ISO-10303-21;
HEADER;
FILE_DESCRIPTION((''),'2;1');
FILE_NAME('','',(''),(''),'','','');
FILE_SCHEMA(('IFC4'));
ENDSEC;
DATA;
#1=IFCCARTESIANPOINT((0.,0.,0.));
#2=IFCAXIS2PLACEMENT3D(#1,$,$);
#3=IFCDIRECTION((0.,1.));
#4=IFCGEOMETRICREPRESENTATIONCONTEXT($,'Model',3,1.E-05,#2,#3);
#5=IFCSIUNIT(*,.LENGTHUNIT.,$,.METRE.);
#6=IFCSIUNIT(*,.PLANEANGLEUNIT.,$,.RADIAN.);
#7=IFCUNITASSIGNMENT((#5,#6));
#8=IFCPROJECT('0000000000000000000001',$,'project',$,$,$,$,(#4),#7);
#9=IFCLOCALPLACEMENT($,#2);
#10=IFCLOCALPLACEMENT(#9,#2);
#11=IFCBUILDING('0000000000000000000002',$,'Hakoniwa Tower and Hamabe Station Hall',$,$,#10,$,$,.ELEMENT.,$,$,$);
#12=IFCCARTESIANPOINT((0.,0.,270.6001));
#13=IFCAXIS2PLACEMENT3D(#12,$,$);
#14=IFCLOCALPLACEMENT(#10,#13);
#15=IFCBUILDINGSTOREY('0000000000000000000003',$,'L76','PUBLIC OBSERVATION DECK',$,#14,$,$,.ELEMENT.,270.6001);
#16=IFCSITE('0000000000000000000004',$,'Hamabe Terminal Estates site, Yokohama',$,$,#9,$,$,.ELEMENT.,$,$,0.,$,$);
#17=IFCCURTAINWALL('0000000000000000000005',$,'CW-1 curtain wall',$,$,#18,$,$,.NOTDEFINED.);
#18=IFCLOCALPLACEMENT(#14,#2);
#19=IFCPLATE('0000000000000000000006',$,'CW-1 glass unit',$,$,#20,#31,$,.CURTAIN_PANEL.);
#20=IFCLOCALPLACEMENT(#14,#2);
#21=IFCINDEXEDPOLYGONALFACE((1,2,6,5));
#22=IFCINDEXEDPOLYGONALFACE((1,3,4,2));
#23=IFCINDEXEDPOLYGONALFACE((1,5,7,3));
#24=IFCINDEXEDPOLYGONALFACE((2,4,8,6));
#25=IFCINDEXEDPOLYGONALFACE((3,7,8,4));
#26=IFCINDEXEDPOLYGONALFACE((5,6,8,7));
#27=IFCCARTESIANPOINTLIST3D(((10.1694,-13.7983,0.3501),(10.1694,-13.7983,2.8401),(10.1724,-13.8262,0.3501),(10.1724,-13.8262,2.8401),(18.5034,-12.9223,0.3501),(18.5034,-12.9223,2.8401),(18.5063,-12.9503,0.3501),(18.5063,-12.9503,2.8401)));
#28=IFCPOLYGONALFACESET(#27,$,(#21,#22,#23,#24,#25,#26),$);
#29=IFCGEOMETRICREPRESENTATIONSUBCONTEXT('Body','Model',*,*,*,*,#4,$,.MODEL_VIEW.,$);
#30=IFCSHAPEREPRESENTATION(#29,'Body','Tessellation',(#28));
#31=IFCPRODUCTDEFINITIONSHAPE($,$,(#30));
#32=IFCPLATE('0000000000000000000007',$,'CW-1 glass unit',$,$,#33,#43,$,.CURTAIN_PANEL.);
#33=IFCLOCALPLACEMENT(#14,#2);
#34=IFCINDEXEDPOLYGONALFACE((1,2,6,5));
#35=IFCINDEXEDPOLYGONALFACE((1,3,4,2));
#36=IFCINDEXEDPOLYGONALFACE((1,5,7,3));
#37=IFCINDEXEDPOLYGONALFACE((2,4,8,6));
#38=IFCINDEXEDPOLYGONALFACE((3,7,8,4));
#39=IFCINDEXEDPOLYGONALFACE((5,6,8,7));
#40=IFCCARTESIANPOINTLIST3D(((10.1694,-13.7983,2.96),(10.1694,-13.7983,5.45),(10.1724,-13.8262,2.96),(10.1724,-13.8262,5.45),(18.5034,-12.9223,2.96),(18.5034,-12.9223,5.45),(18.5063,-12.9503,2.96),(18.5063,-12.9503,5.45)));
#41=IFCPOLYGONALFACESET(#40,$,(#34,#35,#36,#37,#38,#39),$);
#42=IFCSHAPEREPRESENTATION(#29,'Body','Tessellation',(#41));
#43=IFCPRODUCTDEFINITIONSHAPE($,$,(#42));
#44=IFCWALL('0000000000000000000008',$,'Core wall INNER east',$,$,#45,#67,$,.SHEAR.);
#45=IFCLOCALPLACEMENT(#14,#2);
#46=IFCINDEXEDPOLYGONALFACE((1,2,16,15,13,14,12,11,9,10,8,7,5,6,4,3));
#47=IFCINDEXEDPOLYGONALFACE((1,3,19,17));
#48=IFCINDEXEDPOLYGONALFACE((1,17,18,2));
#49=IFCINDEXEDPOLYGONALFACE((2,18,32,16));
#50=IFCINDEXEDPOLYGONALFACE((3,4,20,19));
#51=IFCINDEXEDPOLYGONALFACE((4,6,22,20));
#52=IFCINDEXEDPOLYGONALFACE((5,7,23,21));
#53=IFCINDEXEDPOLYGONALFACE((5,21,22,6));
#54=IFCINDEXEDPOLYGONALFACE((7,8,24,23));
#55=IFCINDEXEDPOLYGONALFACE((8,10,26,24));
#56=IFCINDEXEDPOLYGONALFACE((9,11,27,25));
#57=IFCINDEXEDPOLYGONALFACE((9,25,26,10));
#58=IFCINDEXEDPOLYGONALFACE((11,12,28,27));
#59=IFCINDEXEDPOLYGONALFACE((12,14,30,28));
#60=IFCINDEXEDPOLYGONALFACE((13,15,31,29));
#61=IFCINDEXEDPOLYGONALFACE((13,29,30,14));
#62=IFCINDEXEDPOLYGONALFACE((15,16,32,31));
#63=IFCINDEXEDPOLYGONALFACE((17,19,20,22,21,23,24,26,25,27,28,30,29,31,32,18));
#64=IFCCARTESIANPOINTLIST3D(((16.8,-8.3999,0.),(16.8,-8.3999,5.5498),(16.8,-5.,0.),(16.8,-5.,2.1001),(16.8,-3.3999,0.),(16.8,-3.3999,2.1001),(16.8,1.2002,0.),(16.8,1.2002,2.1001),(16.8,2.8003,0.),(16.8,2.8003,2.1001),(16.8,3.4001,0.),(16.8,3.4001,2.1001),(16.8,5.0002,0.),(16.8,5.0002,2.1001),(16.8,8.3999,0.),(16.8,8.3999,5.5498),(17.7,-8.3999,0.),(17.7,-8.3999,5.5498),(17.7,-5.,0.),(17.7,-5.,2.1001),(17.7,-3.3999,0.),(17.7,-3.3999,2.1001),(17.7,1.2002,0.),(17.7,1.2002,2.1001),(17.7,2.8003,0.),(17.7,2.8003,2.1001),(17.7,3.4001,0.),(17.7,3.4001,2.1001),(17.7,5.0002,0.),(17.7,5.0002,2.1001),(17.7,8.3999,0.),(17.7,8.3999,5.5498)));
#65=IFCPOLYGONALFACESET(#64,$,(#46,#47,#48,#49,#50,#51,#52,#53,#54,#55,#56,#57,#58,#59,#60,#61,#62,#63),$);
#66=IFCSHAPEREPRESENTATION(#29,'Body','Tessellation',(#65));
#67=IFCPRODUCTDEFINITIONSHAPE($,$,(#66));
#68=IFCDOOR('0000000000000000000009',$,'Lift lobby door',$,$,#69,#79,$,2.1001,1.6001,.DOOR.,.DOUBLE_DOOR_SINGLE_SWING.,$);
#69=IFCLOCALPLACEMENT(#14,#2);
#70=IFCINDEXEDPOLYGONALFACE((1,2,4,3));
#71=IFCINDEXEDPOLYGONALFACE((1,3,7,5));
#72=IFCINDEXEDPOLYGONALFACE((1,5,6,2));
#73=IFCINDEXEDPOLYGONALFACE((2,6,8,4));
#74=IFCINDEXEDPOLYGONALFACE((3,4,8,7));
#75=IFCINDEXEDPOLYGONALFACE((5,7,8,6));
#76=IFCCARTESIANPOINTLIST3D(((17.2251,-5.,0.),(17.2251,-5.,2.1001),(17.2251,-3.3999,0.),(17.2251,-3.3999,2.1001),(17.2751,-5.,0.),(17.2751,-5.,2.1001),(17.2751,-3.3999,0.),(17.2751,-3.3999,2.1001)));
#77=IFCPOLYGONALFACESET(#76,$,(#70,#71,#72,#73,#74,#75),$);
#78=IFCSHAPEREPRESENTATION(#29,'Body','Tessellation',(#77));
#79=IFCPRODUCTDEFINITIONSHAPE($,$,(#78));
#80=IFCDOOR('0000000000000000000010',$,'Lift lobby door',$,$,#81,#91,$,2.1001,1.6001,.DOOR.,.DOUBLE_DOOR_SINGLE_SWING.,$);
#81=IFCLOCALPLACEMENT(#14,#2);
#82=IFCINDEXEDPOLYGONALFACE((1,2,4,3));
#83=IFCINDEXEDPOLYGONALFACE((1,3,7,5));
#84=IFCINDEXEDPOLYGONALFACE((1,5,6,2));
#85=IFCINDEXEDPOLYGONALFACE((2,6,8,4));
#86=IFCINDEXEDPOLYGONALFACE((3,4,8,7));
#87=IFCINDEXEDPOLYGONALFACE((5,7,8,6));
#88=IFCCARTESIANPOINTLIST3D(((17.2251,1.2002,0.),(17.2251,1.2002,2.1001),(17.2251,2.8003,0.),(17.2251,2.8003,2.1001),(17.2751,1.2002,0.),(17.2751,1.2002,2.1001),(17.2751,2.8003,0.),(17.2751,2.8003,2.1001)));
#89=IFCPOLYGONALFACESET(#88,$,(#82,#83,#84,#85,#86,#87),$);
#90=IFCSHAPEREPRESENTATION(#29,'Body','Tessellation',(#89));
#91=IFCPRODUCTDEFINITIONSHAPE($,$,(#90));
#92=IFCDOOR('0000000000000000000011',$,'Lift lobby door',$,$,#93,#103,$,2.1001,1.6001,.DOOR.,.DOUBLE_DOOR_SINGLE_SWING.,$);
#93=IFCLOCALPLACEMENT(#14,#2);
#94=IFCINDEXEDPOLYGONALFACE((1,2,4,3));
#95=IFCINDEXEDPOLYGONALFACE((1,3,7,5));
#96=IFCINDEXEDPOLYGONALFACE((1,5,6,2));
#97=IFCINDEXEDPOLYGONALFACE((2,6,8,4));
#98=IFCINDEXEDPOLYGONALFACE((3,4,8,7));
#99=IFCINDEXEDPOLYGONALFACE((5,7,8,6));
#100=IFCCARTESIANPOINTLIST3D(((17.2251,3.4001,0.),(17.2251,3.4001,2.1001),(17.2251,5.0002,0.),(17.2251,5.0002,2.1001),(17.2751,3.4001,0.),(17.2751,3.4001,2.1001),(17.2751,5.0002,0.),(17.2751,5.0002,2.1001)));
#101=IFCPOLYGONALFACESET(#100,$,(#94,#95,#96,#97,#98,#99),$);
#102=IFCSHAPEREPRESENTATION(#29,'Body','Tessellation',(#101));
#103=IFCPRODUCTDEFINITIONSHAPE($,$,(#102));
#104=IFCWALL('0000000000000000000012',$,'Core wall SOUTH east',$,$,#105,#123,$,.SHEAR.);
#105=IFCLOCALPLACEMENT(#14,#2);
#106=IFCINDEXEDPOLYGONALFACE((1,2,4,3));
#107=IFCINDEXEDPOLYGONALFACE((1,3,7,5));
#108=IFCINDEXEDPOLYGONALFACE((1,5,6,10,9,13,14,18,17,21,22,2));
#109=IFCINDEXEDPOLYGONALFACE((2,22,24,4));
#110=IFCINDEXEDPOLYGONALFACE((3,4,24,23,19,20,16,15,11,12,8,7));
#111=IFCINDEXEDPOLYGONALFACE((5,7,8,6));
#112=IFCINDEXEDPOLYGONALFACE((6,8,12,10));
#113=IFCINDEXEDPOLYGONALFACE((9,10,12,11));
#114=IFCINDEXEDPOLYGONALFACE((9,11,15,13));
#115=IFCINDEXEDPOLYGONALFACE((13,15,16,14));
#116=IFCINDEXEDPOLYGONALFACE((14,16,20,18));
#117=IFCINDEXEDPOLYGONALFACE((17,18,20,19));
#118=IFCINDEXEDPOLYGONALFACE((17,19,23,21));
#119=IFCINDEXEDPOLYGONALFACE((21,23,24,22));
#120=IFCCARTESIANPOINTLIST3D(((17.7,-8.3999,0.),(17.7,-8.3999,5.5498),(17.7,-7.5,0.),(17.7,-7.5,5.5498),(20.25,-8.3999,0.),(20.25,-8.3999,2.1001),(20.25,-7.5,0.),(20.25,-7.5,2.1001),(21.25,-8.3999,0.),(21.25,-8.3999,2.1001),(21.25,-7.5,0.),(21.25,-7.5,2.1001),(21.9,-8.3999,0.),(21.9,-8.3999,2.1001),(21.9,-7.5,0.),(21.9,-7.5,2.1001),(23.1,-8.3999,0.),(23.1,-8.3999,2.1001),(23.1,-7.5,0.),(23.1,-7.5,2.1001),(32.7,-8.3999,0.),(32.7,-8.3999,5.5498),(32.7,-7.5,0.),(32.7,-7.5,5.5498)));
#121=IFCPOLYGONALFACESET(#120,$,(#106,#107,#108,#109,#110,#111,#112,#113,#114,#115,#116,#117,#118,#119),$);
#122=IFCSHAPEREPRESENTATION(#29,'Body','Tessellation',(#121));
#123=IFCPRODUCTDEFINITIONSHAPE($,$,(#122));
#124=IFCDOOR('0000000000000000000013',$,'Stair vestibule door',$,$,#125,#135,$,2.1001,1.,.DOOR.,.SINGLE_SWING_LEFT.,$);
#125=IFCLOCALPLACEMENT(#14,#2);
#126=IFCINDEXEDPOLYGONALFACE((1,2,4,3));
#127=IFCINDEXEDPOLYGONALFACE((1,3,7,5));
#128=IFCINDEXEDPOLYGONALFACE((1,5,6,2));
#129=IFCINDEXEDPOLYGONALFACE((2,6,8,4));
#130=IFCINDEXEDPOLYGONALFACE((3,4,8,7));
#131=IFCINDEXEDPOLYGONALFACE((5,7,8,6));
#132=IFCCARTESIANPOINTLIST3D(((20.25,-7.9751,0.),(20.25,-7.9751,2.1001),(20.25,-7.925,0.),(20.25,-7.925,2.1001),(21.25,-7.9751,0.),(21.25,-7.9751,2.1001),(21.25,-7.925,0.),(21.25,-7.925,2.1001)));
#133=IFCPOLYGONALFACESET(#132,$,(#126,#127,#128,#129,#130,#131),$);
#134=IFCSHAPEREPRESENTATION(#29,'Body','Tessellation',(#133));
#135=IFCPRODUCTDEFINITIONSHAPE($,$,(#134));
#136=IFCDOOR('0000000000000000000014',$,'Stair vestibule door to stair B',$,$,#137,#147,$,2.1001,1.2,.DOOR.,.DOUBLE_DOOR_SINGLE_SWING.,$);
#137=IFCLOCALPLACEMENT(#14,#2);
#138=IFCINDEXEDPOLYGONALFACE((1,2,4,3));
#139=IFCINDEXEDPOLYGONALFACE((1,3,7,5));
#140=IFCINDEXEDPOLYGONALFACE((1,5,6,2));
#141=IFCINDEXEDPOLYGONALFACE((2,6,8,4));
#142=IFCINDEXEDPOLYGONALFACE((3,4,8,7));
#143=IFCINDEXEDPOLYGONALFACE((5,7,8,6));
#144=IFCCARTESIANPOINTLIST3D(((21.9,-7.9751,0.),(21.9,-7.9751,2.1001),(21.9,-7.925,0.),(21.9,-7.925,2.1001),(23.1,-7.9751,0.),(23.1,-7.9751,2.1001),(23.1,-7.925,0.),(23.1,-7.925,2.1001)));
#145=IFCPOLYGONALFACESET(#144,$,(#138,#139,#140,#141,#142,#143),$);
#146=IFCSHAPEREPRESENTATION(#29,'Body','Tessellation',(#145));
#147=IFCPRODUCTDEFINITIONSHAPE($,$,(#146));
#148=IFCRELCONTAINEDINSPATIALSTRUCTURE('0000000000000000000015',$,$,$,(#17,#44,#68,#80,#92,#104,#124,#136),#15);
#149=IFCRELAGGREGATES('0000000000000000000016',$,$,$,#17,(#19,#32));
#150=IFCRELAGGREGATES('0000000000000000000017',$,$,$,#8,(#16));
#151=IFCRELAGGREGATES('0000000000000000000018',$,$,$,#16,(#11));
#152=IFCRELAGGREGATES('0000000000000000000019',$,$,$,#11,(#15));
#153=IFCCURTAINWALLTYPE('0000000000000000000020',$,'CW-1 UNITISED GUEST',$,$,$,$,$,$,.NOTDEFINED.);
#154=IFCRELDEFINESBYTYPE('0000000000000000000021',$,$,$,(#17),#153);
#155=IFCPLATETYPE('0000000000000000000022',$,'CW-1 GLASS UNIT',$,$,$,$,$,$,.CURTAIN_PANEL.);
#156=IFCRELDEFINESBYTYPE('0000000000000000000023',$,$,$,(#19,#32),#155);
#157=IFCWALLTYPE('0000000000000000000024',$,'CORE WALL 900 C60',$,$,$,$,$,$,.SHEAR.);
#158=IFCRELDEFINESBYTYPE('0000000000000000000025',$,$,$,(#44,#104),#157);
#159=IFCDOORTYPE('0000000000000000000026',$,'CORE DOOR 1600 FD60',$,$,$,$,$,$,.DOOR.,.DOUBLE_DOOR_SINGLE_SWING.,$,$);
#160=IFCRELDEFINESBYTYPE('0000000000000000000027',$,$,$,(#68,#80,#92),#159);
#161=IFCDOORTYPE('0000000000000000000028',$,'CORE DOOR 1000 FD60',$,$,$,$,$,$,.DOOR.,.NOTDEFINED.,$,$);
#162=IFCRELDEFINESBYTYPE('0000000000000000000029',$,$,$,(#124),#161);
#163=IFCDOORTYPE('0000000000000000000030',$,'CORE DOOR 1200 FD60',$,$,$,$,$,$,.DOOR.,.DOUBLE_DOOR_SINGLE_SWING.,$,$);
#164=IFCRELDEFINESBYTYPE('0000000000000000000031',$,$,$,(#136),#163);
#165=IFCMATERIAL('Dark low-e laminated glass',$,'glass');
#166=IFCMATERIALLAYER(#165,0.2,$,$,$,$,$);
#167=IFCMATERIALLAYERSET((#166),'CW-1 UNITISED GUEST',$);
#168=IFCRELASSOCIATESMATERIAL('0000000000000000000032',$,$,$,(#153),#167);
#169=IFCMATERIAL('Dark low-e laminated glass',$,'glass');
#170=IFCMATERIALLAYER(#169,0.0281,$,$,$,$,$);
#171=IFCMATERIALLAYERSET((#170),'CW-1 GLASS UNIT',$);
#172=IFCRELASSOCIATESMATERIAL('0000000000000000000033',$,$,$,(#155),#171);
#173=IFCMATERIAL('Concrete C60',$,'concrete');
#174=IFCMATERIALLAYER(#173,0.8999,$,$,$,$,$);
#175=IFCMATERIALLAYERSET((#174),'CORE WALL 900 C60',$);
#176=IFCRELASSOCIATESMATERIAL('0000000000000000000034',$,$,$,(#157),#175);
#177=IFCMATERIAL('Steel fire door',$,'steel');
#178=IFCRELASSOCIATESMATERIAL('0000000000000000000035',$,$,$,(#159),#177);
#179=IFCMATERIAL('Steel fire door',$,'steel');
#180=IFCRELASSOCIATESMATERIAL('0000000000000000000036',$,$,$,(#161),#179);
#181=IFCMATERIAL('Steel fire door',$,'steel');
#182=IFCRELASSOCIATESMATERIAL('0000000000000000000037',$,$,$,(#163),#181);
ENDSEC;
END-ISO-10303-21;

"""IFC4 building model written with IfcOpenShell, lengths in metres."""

from ifc_helpers import new_model, si_unit, direction, frame, frame_2d, origin, origin_2d, place, context, subcontext, project, spatial, rectangle, extrude, material, layer, layer_set, type_object, element, fill, aggregate, save


model = new_model("IFC4")

# Units and contexts
model_context = context("Model", 3, precision=1e-05, world=origin(), true_north=direction((0.0, 1.0)))
body_context = subcontext(model_context, "Body", "Model", "MODEL_VIEW")
ifc_project = project(units=[si_unit("LENGTHUNIT", "METRE"), si_unit("PLANEANGLEUNIT", "RADIAN")], contexts=[model_context])

# Site, building, storey
site_placement = place(None, origin())
site = spatial("IfcSite", under=ifc_project, at=site_placement, Name="Hamabe Terminal Estates site, Yokohama", CompositionType="ELEMENT", RefElevation=0.0)
building_placement = place(site_placement, origin())
building = spatial("IfcBuilding", under=site, at=building_placement, Name="Hakoniwa Tower and Hamabe Station Hall", CompositionType="ELEMENT")
storey_placement = place(building_placement, frame((0.0, 0.0, 270.6001)))
storey = spatial("IfcBuildingStorey", under=building, at=storey_placement, Name="L76", Description="PUBLIC OBSERVATION DECK", CompositionType="ELEMENT", Elevation=270.6001)

# Curtain wall, plates
ifc_material_1 = material(Name="Dark low-e laminated glass", Category="glass")
ifc_layer_1 = layer(ifc_material_1, 0.2)
ifc_layer_set_1 = layer_set([ifc_layer_1], Name="CW-1 UNITISED GUEST")
curtain_wall_type = type_object("IfcCurtainWallType", Name="CW-1 UNITISED GUEST", PredefinedType="NOTDEFINED", material=ifc_layer_set_1)
curtain_wall_placement = place(storey_placement, origin())
curtain_wall = element("IfcCurtainWall", 1, at=curtain_wall_placement, inside=storey, type_object=curtain_wall_type, Name="CW-1 curtain wall", PredefinedType="NOTDEFINED")
ifc_material_2 = material(Name="Dark low-e laminated glass", Category="glass")
ifc_layer_2 = layer(ifc_material_2, 0.0281)
ifc_layer_set_2 = layer_set([ifc_layer_2], Name="CW-1 GLASS UNIT")
plate_type = type_object("IfcPlateType", Name="CW-1 GLASS UNIT", PredefinedType="CURTAIN_PANEL", material=ifc_layer_set_2)
plate_1_placement = place(storey_placement, frame((14.3379, -13.3743, 0.3501), z_axis=(0.0, 0.0, 1.0), x_axis=(0.994522, 0.104528, 0.0)))
plate_1 = element("IfcPlate", 2, at=plate_1_placement, type_object=plate_type, Name="CW-1 glass unit", PredefinedType="CURTAIN_PANEL", context=body_context, shape_type="SweptSolid", body=[
    extrude(rectangle(XDim=8.3799, YDim=0.0281, at=origin_2d()), origin(), (0.0, 0.0, 1.0), 2.49),
])
plate_2_placement = place(storey_placement, frame((14.3379, -13.3743, 2.96), z_axis=(0.0, 0.0, 1.0), x_axis=(0.994522, 0.104528, 0.0)))
plate_2 = element("IfcPlate", 3, at=plate_2_placement, type_object=plate_type, Name="CW-1 glass unit", PredefinedType="CURTAIN_PANEL", context=body_context, shape_type="SweptSolid", body=[
    extrude(rectangle(XDim=8.3799, YDim=0.0281, at=origin_2d()), origin(), (0.0, 0.0, 1.0), 2.49),
])
aggregate(curtain_wall, [plate_1, plate_2])

# Walls, openings, doors
ifc_material_3 = material(Name="Concrete C60", Category="concrete")
ifc_layer_3 = layer(ifc_material_3, 0.8999)
ifc_layer_set_3 = layer_set([ifc_layer_3], Name="CORE WALL 900 C60")
wall_type_1 = type_object("IfcWallType", Name="CORE WALL 900 C60", PredefinedType="SHEAR", material=ifc_layer_set_3)
wall_1_placement = place(storey_placement, frame((17.25, -8.3999, 0.0), z_axis=(0.0, 0.0, 1.0), x_axis=(0.0, 1.0, 0.0)))
wall_1 = element("IfcWall", 4, at=wall_1_placement, inside=storey, type_object=wall_type_1, Name="Core wall INNER east", PredefinedType="SHEAR", context=body_context, shape_type="SweptSolid", body=[
    extrude(rectangle(XDim=16.7998, YDim=0.8999, at=frame_2d((8.3999, 0.0))), origin(), (0.0, 0.0, 1.0), 5.5498),
])
opening_1_placement = place(wall_1_placement, frame((3.3999, 0.0, 0.0)))
opening_1 = element("IfcOpeningElement", 5, at=opening_1_placement, cuts=wall_1, PredefinedType="OPENING", context=body_context, shape_type="SweptSolid", body=[
    extrude(rectangle(XDim=1.6001, YDim=2.1001, at=frame_2d((0.8, 1.05))), frame((0.0, 0.46, 0.0), z_axis=(0.0, -1.0, 0.0), x_axis=(1.0, 0.0, 0.0)), (0.0, 0.0, 1.0), 0.9199),
])
opening_2_placement = place(wall_1_placement, frame((9.6001, 0.0, 0.0)))
opening_2 = element("IfcOpeningElement", 6, at=opening_2_placement, cuts=wall_1, PredefinedType="OPENING", context=body_context, shape_type="SweptSolid", body=[
    extrude(rectangle(XDim=1.6001, YDim=2.1001, at=frame_2d((0.8, 1.05))), frame((0.0, 0.46, 0.0), z_axis=(0.0, -1.0, 0.0), x_axis=(1.0, 0.0, 0.0)), (0.0, 0.0, 1.0), 0.9199),
])
opening_3_placement = place(wall_1_placement, frame((11.8, 0.0, 0.0)))
opening_3 = element("IfcOpeningElement", 7, at=opening_3_placement, cuts=wall_1, PredefinedType="OPENING", context=body_context, shape_type="SweptSolid", body=[
    extrude(rectangle(XDim=1.6001, YDim=2.1001, at=frame_2d((0.8, 1.05))), frame((0.0, 0.46, 0.0), z_axis=(0.0, -1.0, 0.0), x_axis=(1.0, 0.0, 0.0)), (0.0, 0.0, 1.0), 0.9199),
])
ifc_material_4 = material(Name="Steel fire door", Category="steel")
door_type_1 = type_object("IfcDoorType", Name="CORE DOOR 1600 FD60", OperationType="DOUBLE_DOOR_SINGLE_SWING", PredefinedType="DOOR", material=ifc_material_4)
door_1_placement = place(opening_1_placement, origin())
door_1 = element("IfcDoor", 8, at=door_1_placement, inside=storey, type_object=door_type_1, Name="Lift lobby door", OperationType="DOUBLE_DOOR_SINGLE_SWING", OverallHeight=2.1001, OverallWidth=1.6001, PredefinedType="DOOR", context=body_context, shape_type="SweptSolid", body=[
    extrude(rectangle(XDim=1.6001, YDim=2.1001, at=frame_2d((0.8, 1.05))), frame((0.0, 0.0249, 0.0), z_axis=(0.0, -1.0, 0.0), x_axis=(1.0, 0.0, 0.0)), (0.0, 0.0, 1.0), 0.05),
])
fill(opening_1, door_1)
door_2_placement = place(opening_2_placement, origin())
door_2 = element("IfcDoor", 9, at=door_2_placement, inside=storey, type_object=door_type_1, Name="Lift lobby door", OperationType="DOUBLE_DOOR_SINGLE_SWING", OverallHeight=2.1001, OverallWidth=1.6001, PredefinedType="DOOR", context=body_context, shape_type="SweptSolid", body=[
    extrude(rectangle(XDim=1.6001, YDim=2.1001, at=frame_2d((0.8, 1.05))), frame((0.0, 0.0249, 0.0), z_axis=(0.0, -1.0, 0.0), x_axis=(1.0, 0.0, 0.0)), (0.0, 0.0, 1.0), 0.05),
])
fill(opening_2, door_2)
door_3_placement = place(opening_3_placement, origin())
door_3 = element("IfcDoor", 10, at=door_3_placement, inside=storey, type_object=door_type_1, Name="Lift lobby door", OperationType="DOUBLE_DOOR_SINGLE_SWING", OverallHeight=2.1001, OverallWidth=1.6001, PredefinedType="DOOR", context=body_context, shape_type="SweptSolid", body=[
    extrude(rectangle(XDim=1.6001, YDim=2.1001, at=frame_2d((0.8, 1.05))), frame((0.0, 0.0249, 0.0), z_axis=(0.0, -1.0, 0.0), x_axis=(1.0, 0.0, 0.0)), (0.0, 0.0, 1.0), 0.05),
])
fill(opening_3, door_3)
wall_2_placement = place(storey_placement, frame((17.7, -7.95, 0.0), z_axis=(0.0, 0.0, 1.0), x_axis=(1.0, 0.0, 0.0)))
wall_2 = element("IfcWall", 11, at=wall_2_placement, inside=storey, type_object=wall_type_1, Name="Core wall SOUTH east", PredefinedType="SHEAR", context=body_context, shape_type="SweptSolid", body=[
    extrude(rectangle(XDim=15.0, YDim=0.8999, at=frame_2d((7.5, 0.0))), origin(), (0.0, 0.0, 1.0), 5.5498),
])
opening_4_placement = place(wall_2_placement, frame((2.55, 0.0, 0.0)))
opening_4 = element("IfcOpeningElement", 12, at=opening_4_placement, cuts=wall_2, PredefinedType="OPENING", context=body_context, shape_type="SweptSolid", body=[
    extrude(rectangle(XDim=1.0, YDim=2.1001, at=frame_2d((0.5, 1.05))), frame((0.0, 0.46, 0.0), z_axis=(0.0, -1.0, 0.0), x_axis=(1.0, 0.0, 0.0)), (0.0, 0.0, 1.0), 0.9199),
])
opening_5_placement = place(wall_2_placement, frame((4.2, 0.0, 0.0)))
opening_5 = element("IfcOpeningElement", 13, at=opening_5_placement, cuts=wall_2, PredefinedType="OPENING", context=body_context, shape_type="SweptSolid", body=[
    extrude(rectangle(XDim=1.2, YDim=2.1001, at=frame_2d((0.6001, 1.05))), frame((0.0, 0.46, 0.0), z_axis=(0.0, -1.0, 0.0), x_axis=(1.0, 0.0, 0.0)), (0.0, 0.0, 1.0), 0.9199),
])
ifc_material_5 = material(Name="Steel fire door", Category="steel")
door_type_2 = type_object("IfcDoorType", Name="CORE DOOR 1000 FD60", OperationType="NOTDEFINED", PredefinedType="DOOR", material=ifc_material_5)
door_4_placement = place(opening_4_placement, origin())
door_4 = element("IfcDoor", 14, at=door_4_placement, inside=storey, type_object=door_type_2, Name="Stair vestibule door", OperationType="SINGLE_SWING_LEFT", OverallHeight=2.1001, OverallWidth=1.0, PredefinedType="DOOR", context=body_context, shape_type="SweptSolid", body=[
    extrude(rectangle(XDim=1.0, YDim=2.1001, at=frame_2d((0.5, 1.05))), frame((0.0, 0.0249, 0.0), z_axis=(0.0, -1.0, 0.0), x_axis=(1.0, 0.0, 0.0)), (0.0, 0.0, 1.0), 0.05),
])
fill(opening_4, door_4)
ifc_material_6 = material(Name="Steel fire door", Category="steel")
door_type_3 = type_object("IfcDoorType", Name="CORE DOOR 1200 FD60", OperationType="DOUBLE_DOOR_SINGLE_SWING", PredefinedType="DOOR", material=ifc_material_6)
door_5_placement = place(opening_5_placement, origin())
door_5 = element("IfcDoor", 15, at=door_5_placement, inside=storey, type_object=door_type_3, Name="Stair vestibule door to stair B", OperationType="DOUBLE_DOOR_SINGLE_SWING", OverallHeight=2.1001, OverallWidth=1.2, PredefinedType="DOOR", context=body_context, shape_type="SweptSolid", body=[
    extrude(rectangle(XDim=1.2, YDim=2.1001, at=frame_2d((0.6001, 1.05))), frame((0.0, 0.0249, 0.0), z_axis=(0.0, -1.0, 0.0), x_axis=(1.0, 0.0, 0.0)), (0.0, 0.0, 1.0), 0.05),
])
fill(opening_5, door_5)

save(model, "model.ifc")
